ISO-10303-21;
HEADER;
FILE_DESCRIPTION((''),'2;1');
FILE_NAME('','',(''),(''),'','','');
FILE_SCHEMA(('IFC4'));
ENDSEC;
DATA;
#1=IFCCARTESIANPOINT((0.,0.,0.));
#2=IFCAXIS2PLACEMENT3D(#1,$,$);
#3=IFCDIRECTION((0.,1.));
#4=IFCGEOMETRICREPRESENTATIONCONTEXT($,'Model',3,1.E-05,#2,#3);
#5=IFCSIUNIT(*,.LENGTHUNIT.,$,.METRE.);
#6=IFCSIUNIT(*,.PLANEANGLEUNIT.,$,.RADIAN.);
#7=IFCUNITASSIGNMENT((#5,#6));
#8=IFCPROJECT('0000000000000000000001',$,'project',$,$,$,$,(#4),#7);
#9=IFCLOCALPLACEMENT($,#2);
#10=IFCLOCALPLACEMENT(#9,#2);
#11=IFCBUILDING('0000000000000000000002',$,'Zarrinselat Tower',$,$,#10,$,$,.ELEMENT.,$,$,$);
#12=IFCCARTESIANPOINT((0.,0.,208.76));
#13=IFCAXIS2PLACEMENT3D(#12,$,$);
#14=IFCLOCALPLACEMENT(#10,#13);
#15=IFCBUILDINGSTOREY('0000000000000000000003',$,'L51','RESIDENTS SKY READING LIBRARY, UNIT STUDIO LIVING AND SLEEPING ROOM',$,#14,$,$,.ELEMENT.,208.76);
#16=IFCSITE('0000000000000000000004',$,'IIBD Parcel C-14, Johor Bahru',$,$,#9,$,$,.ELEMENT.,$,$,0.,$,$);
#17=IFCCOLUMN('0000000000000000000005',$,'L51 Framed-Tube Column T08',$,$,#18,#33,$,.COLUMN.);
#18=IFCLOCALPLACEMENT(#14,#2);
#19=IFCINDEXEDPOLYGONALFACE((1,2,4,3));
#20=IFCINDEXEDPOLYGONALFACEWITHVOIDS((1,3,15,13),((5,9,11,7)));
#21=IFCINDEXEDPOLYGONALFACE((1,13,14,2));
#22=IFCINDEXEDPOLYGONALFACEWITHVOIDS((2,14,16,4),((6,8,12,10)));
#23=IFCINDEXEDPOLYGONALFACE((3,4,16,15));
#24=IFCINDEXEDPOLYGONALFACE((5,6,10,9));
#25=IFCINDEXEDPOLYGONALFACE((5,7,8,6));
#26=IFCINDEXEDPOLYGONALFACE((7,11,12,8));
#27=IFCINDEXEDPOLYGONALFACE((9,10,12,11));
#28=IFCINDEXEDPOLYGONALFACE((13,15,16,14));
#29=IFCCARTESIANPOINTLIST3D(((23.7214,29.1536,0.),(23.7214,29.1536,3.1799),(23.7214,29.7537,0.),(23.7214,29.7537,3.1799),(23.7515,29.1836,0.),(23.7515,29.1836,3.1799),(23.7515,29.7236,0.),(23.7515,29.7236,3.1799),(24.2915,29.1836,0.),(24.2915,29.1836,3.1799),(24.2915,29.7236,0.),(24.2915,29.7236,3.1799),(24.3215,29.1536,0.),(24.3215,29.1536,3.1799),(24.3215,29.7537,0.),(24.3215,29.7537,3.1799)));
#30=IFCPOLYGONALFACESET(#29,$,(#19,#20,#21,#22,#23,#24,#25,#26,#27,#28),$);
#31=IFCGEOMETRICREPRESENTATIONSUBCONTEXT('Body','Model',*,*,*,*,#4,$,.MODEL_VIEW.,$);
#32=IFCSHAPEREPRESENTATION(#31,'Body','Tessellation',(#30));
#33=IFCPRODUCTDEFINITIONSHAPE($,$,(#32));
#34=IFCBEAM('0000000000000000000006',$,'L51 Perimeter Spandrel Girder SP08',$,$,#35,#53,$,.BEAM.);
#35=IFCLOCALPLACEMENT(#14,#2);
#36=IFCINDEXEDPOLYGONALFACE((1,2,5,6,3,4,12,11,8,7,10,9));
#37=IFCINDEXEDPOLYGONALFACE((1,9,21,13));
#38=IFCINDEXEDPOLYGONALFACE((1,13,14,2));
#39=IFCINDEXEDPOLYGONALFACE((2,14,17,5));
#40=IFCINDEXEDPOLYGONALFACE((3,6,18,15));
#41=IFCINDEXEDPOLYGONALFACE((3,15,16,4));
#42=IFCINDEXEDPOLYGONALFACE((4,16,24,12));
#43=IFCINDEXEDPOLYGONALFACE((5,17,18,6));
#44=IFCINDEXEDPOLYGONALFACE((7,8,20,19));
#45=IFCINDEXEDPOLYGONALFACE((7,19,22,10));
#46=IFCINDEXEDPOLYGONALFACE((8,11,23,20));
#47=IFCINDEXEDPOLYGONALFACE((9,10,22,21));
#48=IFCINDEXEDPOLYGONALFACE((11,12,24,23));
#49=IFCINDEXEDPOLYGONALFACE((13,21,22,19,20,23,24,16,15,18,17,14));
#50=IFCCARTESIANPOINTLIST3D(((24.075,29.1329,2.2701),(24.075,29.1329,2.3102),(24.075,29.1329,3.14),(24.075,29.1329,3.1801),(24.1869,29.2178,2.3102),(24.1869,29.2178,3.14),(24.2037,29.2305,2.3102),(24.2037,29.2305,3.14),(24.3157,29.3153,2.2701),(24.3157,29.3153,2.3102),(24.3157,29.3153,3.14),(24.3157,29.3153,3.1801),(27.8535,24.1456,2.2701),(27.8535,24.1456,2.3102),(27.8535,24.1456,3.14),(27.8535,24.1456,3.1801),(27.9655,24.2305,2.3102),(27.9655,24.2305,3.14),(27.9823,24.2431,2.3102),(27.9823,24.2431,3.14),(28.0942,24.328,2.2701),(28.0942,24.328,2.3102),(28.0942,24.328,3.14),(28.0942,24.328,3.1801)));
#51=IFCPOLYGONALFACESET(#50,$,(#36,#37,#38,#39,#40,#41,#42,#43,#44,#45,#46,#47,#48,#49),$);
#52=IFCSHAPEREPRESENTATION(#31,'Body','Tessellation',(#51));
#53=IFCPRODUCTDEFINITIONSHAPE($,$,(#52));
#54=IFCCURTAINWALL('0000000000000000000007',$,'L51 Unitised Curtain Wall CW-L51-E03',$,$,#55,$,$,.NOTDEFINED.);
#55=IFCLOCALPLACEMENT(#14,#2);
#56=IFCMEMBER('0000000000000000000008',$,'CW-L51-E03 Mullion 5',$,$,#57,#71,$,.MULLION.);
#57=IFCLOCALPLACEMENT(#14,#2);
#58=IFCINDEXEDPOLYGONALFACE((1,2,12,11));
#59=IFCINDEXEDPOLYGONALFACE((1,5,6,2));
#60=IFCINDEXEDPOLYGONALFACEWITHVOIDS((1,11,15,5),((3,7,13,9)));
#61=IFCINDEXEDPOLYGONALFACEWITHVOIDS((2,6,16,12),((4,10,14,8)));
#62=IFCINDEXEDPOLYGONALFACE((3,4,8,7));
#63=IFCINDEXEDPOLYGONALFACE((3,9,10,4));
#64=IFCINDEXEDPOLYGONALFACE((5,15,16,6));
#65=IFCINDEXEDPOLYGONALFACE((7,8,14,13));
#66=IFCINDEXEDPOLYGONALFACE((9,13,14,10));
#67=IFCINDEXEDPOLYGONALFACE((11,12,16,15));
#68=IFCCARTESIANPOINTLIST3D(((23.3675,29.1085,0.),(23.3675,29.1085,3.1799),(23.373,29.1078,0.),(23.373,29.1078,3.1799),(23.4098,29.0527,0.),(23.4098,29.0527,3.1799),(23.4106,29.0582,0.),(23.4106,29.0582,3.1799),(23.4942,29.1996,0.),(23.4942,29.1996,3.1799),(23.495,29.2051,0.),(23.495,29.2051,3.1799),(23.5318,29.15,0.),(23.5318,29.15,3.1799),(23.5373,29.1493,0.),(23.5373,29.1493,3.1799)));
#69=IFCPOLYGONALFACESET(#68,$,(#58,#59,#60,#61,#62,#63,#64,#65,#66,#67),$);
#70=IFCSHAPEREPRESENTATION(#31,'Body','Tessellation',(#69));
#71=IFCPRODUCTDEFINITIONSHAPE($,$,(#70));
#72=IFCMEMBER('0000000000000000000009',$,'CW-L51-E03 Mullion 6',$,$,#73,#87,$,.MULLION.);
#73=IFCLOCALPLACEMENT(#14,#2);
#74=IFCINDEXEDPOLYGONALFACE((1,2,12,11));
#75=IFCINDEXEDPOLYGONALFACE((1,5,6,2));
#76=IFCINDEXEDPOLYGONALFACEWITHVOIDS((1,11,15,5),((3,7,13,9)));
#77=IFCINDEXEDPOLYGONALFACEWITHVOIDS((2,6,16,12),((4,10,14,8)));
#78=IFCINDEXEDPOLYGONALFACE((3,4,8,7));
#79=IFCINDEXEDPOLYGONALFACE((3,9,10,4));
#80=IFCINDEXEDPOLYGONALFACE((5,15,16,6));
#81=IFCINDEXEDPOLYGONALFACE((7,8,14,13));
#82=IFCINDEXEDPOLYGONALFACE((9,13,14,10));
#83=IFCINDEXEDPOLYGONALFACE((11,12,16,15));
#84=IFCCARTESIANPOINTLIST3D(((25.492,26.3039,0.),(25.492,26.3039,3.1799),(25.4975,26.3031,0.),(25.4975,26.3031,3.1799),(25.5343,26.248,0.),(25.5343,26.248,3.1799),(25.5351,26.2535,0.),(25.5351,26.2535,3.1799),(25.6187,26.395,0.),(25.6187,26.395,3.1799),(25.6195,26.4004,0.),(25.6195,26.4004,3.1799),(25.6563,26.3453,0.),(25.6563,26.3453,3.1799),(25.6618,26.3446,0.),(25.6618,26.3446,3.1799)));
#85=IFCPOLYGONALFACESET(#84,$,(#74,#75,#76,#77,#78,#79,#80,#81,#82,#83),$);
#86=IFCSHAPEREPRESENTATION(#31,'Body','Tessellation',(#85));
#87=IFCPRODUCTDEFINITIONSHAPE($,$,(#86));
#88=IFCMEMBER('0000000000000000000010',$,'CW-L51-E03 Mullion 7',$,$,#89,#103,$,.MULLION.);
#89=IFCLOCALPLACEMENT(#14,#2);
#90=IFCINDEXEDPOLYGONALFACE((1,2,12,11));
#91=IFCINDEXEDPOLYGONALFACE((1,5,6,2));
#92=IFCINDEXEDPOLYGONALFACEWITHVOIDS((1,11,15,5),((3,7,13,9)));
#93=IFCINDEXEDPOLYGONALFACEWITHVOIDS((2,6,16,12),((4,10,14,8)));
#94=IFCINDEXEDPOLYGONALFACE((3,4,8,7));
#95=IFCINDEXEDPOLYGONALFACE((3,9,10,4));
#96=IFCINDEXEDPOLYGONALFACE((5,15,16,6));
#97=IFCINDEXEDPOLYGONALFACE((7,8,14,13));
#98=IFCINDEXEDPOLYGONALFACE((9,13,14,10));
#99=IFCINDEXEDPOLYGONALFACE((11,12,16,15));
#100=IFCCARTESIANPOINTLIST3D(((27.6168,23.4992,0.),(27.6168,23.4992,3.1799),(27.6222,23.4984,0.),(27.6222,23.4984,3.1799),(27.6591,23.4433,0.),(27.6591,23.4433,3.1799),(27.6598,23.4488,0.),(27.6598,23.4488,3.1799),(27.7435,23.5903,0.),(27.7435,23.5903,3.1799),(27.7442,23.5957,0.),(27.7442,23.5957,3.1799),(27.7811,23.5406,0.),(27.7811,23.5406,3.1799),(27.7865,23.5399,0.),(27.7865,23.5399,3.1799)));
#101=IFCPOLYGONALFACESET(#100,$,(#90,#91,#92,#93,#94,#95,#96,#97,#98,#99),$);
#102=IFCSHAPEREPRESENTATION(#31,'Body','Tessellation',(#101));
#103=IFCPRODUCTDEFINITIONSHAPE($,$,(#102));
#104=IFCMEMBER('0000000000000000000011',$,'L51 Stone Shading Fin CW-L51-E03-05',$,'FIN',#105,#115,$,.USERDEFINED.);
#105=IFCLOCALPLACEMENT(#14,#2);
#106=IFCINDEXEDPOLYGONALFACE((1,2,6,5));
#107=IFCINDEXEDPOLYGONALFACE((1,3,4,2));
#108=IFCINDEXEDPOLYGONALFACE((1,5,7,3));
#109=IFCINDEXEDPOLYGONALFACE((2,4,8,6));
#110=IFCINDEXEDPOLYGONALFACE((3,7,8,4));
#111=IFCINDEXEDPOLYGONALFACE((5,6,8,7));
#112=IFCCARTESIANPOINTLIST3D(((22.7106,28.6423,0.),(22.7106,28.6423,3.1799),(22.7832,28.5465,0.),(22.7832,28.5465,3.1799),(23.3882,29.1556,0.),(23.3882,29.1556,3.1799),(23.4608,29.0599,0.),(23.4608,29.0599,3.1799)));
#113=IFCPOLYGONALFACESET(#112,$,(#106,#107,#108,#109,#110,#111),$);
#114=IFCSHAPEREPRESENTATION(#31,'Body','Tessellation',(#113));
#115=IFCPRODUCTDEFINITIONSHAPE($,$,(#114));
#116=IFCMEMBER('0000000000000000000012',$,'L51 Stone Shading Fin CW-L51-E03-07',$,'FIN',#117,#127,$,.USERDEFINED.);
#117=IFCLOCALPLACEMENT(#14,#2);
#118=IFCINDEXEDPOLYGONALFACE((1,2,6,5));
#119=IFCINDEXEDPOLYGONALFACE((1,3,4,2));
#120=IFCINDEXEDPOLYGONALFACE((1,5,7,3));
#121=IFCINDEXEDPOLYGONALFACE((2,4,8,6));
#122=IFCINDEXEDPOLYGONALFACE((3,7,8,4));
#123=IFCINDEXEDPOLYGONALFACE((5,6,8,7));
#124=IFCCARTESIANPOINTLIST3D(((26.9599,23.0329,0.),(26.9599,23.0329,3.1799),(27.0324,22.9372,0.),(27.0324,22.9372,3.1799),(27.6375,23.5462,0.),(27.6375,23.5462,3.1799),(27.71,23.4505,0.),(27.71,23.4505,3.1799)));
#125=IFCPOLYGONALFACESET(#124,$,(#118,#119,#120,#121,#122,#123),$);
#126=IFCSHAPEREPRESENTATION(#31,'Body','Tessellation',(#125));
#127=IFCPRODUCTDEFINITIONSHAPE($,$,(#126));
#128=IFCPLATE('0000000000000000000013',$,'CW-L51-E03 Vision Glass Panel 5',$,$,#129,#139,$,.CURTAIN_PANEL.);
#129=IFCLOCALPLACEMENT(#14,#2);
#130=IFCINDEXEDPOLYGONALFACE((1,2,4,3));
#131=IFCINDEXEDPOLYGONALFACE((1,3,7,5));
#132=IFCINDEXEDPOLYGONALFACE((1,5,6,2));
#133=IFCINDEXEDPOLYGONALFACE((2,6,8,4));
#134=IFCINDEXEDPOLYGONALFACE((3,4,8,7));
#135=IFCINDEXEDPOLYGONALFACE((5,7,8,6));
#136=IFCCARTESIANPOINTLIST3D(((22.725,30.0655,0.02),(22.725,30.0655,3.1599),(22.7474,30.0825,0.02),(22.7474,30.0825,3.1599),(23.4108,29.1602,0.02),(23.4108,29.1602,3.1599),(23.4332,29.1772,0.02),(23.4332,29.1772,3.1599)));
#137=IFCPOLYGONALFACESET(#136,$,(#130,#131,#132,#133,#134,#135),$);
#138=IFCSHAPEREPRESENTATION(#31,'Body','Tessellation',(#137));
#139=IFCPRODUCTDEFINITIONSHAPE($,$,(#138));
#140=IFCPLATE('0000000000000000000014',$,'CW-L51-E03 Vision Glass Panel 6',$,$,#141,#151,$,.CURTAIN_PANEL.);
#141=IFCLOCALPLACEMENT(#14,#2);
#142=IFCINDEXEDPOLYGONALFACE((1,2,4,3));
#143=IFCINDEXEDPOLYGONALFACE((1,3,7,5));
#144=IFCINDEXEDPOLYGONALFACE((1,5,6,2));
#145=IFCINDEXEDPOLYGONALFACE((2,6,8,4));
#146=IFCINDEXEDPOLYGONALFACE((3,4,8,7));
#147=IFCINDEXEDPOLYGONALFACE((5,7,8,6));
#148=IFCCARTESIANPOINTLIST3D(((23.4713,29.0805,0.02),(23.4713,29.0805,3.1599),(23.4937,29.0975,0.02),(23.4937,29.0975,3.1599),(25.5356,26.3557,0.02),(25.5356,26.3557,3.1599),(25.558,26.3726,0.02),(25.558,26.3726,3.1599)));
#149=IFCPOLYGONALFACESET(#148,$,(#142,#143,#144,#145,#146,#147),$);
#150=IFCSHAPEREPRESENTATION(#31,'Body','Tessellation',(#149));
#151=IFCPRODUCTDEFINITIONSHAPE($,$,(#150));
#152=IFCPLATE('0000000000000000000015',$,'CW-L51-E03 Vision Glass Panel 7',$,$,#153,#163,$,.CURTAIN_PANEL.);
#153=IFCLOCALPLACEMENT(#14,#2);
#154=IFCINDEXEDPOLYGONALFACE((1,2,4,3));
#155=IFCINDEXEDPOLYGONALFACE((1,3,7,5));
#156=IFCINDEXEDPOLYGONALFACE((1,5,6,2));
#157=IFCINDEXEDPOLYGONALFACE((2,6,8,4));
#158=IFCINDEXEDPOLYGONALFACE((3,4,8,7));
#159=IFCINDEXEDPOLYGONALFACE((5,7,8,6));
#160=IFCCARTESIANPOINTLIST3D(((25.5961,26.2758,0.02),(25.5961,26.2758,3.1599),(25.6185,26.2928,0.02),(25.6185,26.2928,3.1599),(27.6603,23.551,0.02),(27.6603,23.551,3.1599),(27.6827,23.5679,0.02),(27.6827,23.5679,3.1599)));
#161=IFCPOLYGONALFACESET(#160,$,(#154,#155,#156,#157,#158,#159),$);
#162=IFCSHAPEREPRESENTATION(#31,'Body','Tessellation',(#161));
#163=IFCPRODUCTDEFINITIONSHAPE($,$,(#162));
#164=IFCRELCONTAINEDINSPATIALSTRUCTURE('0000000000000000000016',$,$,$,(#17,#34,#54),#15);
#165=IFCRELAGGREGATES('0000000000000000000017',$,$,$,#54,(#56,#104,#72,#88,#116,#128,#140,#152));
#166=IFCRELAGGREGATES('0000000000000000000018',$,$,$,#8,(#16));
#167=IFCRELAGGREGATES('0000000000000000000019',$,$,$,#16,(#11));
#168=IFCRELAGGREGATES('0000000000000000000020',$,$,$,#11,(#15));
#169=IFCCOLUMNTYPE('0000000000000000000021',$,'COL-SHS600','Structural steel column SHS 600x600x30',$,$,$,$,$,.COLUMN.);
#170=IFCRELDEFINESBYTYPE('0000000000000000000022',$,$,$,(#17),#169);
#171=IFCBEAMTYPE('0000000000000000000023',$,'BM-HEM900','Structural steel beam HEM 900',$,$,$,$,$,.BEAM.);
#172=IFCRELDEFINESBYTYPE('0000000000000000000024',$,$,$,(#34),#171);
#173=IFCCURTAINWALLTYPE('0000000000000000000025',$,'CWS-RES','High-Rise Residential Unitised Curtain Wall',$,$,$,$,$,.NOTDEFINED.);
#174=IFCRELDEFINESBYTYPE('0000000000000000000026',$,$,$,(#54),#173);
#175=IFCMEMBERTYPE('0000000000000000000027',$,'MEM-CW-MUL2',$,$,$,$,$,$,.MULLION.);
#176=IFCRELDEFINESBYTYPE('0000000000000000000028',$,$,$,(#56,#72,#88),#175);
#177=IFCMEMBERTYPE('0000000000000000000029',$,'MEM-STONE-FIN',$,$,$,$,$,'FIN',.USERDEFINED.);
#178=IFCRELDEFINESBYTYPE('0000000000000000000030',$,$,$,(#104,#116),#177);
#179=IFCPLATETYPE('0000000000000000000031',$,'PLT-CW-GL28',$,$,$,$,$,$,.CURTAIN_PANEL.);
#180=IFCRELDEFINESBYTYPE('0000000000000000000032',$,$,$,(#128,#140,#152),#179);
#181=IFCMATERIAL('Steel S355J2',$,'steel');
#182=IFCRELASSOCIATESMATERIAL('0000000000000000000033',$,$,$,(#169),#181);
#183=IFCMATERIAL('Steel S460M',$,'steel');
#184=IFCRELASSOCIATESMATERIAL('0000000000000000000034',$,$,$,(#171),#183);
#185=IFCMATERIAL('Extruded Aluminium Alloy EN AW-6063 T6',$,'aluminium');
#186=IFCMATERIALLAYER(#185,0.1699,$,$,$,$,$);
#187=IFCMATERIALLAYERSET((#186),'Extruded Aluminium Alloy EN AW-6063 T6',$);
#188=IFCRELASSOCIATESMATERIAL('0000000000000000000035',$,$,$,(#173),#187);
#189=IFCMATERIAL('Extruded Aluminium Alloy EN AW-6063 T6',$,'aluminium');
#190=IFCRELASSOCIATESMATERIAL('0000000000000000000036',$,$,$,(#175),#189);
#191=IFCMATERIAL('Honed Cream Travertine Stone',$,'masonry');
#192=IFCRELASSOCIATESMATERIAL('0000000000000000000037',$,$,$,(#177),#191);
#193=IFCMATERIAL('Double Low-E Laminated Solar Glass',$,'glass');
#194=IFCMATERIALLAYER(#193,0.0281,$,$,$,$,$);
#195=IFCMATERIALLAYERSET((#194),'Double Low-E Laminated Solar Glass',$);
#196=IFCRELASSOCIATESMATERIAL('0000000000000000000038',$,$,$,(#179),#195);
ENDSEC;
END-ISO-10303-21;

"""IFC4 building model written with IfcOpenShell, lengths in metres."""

from ifc_helpers import new_model, si_unit, direction, frame, origin, origin_2d, place, context, subcontext, project, spatial, rectangle, hollow_rectangle, i_section, extrude, material, layer, layer_set, material_profile, profile_set, type_object, element, aggregate, save


model = new_model("IFC4")

# Units and contexts
model_context = context("Model", 3, precision=1e-05, world=origin(), true_north=direction((0.0, 1.0)))
body_context = subcontext(model_context, "Body", "Model", "MODEL_VIEW")
ifc_project = project(units=[si_unit("LENGTHUNIT", "METRE"), si_unit("PLANEANGLEUNIT", "RADIAN")], contexts=[model_context])

# Site, building, storey
site_placement = place(None, origin())
site = spatial("IfcSite", under=ifc_project, at=site_placement, Name="IIBD Parcel C-14, Johor Bahru", CompositionType="ELEMENT", RefElevation=0.0)
building_placement = place(site_placement, origin())
building = spatial("IfcBuilding", under=site, at=building_placement, Name="Zarrinselat Tower", CompositionType="ELEMENT")
storey_placement = place(building_placement, frame((0.0, 0.0, 208.76)))
storey = spatial("IfcBuildingStorey", under=building, at=storey_placement, Name="L51", Description="RESIDENTS SKY READING LIBRARY, UNIT STUDIO LIVING AND SLEEPING ROOM", CompositionType="ELEMENT", Elevation=208.76)

# Column
ifc_material_1 = material(Name="Steel S355J2", Category="steel")
ifc_material_profile_1 = material_profile(ifc_material_1, hollow_rectangle(XDim=0.6001, YDim=0.6001, WallThickness=0.03, at=origin_2d()), Name="SHS 600x600x30")
ifc_profile_set_1 = profile_set([ifc_material_profile_1], Name="Steel S355J2")
column_type = type_object("IfcColumnType", Name="COL-SHS600", Description="Structural steel column SHS 600x600x30", PredefinedType="COLUMN", material=ifc_profile_set_1)
column_placement = place(storey_placement, frame((24.0215, 29.4536, 0.0), z_axis=(0.0, 0.0, 1.0), x_axis=(1.0, 0.0, 0.0)))
element("IfcColumn", 1, at=column_placement, inside=storey, type_object=column_type, Name="L51 Framed-Tube Column T08", PredefinedType="COLUMN", context=body_context, shape_type="SweptSolid", body=[
    extrude(hollow_rectangle(XDim=0.6001, YDim=0.6001, WallThickness=0.03, at=origin_2d()), origin(), (0.0, 0.0, 1.0), 3.1799),
])

# Beam
ifc_material_2 = material(Name="Steel S460M", Category="steel")
ifc_material_profile_2 = material_profile(ifc_material_2, i_section(OverallWidth=0.302, OverallDepth=0.9099, WebThickness=0.021, FlangeThickness=0.04, at=origin_2d()), Name="HEM 900")
ifc_profile_set_2 = profile_set([ifc_material_profile_2], Name="Steel S460M")
beam_type = type_object("IfcBeamType", Name="BM-HEM900", Description="Structural steel beam HEM 900", PredefinedType="BEAM", material=ifc_profile_set_2)
beam_placement = place(storey_placement, frame((24.1953, 29.2241, 2.7251), z_axis=(0.603888, -0.797069, 0.0), x_axis=(0.797069, 0.603888, 0.0)))
element("IfcBeam", 2, at=beam_placement, inside=storey, type_object=beam_type, Name="L51 Perimeter Spandrel Girder SP08", PredefinedType="BEAM", context=body_context, shape_type="SweptSolid", body=[
    extrude(i_section(OverallWidth=0.302, OverallDepth=0.9099, WebThickness=0.021, FlangeThickness=0.04, at=origin_2d()), origin(), (0.0, 0.0, 1.0), 6.2571),
])

# Curtain wall, members, plates
ifc_material_3 = material(Name="Extruded Aluminium Alloy EN AW-6063 T6", Category="aluminium")
ifc_layer_1 = layer(ifc_material_3, 0.1699)
ifc_layer_set_1 = layer_set([ifc_layer_1], Name="Extruded Aluminium Alloy EN AW-6063 T6")
curtain_wall_type = type_object("IfcCurtainWallType", Name="CWS-RES", Description="High-Rise Residential Unitised Curtain Wall", PredefinedType="NOTDEFINED", material=ifc_layer_set_1)
curtain_wall_placement = place(storey_placement, origin())
curtain_wall = element("IfcCurtainWall", 3, at=curtain_wall_placement, inside=storey, type_object=curtain_wall_type, Name="L51 Unitised Curtain Wall CW-L51-E03", PredefinedType="NOTDEFINED")
ifc_material_4 = material(Name="Extruded Aluminium Alloy EN AW-6063 T6", Category="aluminium")
ifc_material_profile_3 = material_profile(ifc_material_4, hollow_rectangle(XDim=0.0701, YDim=0.1599, WallThickness=0.0039, at=origin_2d()), Name="RHS 160x70x4")
ifc_profile_set_3 = profile_set([ifc_material_profile_3], Name="Extruded Aluminium Alloy EN AW-6063 T6")
member_type_1 = type_object("IfcMemberType", Name="MEM-CW-MUL2", PredefinedType="MULLION", material=ifc_profile_set_3)
member_1_placement = place(storey_placement, frame((23.4524, 29.1289, 0.0), z_axis=(0.0, 0.0, 1.0), x_axis=(0.603859, -0.797091, 0.0)))
member_1 = element("IfcMember", 4, at=member_1_placement, type_object=member_type_1, Name="CW-L51-E03 Mullion 5", PredefinedType="MULLION", context=body_context, shape_type="SweptSolid", body=[
    extrude(hollow_rectangle(XDim=0.0701, YDim=0.1599, WallThickness=0.0039, at=origin_2d()), origin(), (0.0, 0.0, 1.0), 3.1799),
])
member_2_placement = place(storey_placement, frame((25.5769, 26.3242, 0.0), z_axis=(0.0, 0.0, 1.0), x_axis=(0.603859, -0.797091, 0.0)))
member_2 = element("IfcMember", 5, at=member_2_placement, type_object=member_type_1, Name="CW-L51-E03 Mullion 6", PredefinedType="MULLION", context=body_context, shape_type="SweptSolid", body=[
    extrude(hollow_rectangle(XDim=0.0701, YDim=0.1599, WallThickness=0.0039, at=origin_2d()), origin(), (0.0, 0.0, 1.0), 3.1799),
])
member_3_placement = place(storey_placement, frame((27.7017, 23.5195, 0.0), z_axis=(0.0, 0.0, 1.0), x_axis=(0.603859, -0.797091, 0.0)))
member_3 = element("IfcMember", 6, at=member_3_placement, type_object=member_type_1, Name="CW-L51-E03 Mullion 7", PredefinedType="MULLION", context=body_context, shape_type="SweptSolid", body=[
    extrude(hollow_rectangle(XDim=0.0701, YDim=0.1599, WallThickness=0.0039, at=origin_2d()), origin(), (0.0, 0.0, 1.0), 3.1799),
])
ifc_material_5 = material(Name="Honed Cream Travertine Stone", Category="masonry")
ifc_material_profile_4 = material_profile(ifc_material_5, rectangle(XDim=0.1201, YDim=0.8501, at=origin_2d()), Name="FIN 850x120")
ifc_profile_set_4 = profile_set([ifc_material_profile_4], Name="Honed Cream Travertine Stone")
member_type_2 = type_object("IfcMemberType", Name="MEM-STONE-FIN", ElementType="FIN", PredefinedType="USERDEFINED", material=ifc_profile_set_4)
member_4_placement = place(storey_placement, frame((23.0857, 28.8511, 0.0), z_axis=(0.0, 0.0, 1.0), x_axis=(-0.603859, 0.797091, 0.0)))
member_4 = element("IfcMember", 7, at=member_4_placement, type_object=member_type_2, Name="L51 Stone Shading Fin CW-L51-E03-05", ObjectType="FIN", PredefinedType="USERDEFINED", context=body_context, shape_type="SweptSolid", body=[
    extrude(rectangle(XDim=0.1201, YDim=0.8501, at=origin_2d()), origin(), (0.0, 0.0, 1.0), 3.1799),
])
member_5_placement = place(storey_placement, frame((27.335, 23.2417, 0.0), z_axis=(0.0, 0.0, 1.0), x_axis=(-0.603859, 0.797091, 0.0)))
member_5 = element("IfcMember", 8, at=member_5_placement, type_object=member_type_2, Name="L51 Stone Shading Fin CW-L51-E03-07", ObjectType="FIN", PredefinedType="USERDEFINED", context=body_context, shape_type="SweptSolid", body=[
    extrude(rectangle(XDim=0.1201, YDim=0.8501, at=origin_2d()), origin(), (0.0, 0.0, 1.0), 3.1799),
])
ifc_material_6 = material(Name="Double Low-E Laminated Solar Glass", Category="glass")
ifc_layer_2 = layer(ifc_material_6, 0.0281)
ifc_layer_set_2 = layer_set([ifc_layer_2], Name="Double Low-E Laminated Solar Glass")
plate_type = type_object("IfcPlateType", Name="PLT-CW-GL28", PredefinedType="CURTAIN_PANEL", material=ifc_layer_set_2)
plate_1_placement = place(storey_placement, frame((23.0791, 29.6213, 0.02), z_axis=(0.0, 0.0, 1.0), x_axis=(0.603859, -0.797091, 0.0)))
plate_1 = element("IfcPlate", 9, at=plate_1_placement, type_object=plate_type, Name="CW-L51-E03 Vision Glass Panel 5", PredefinedType="CURTAIN_PANEL", context=body_context, shape_type="SweptSolid", body=[
    extrude(rectangle(XDim=1.1357, YDim=0.0281, at=origin_2d()), origin(), (0.0, 0.0, 1.0), 3.1399),
])
plate_2_placement = place(storey_placement, frame((24.5146, 27.7266, 0.02), z_axis=(0.0, 0.0, 1.0), x_axis=(0.603859, -0.797091, 0.0)))
plate_2 = element("IfcPlate", 10, at=plate_2_placement, type_object=plate_type, Name="CW-L51-E03 Vision Glass Panel 6", PredefinedType="CURTAIN_PANEL", context=body_context, shape_type="SweptSolid", body=[
    extrude(rectangle(XDim=3.4185, YDim=0.0281, at=origin_2d()), origin(), (0.0, 0.0, 1.0), 3.1399),
])
plate_3_placement = place(storey_placement, frame((26.6394, 24.9219, 0.02), z_axis=(0.0, 0.0, 1.0), x_axis=(0.603859, -0.797091, 0.0)))
plate_3 = element("IfcPlate", 11, at=plate_3_placement, type_object=plate_type, Name="CW-L51-E03 Vision Glass Panel 7", PredefinedType="CURTAIN_PANEL", context=body_context, shape_type="SweptSolid", body=[
    extrude(rectangle(XDim=3.4185, YDim=0.0281, at=origin_2d()), origin(), (0.0, 0.0, 1.0), 3.1399),
])
aggregate(curtain_wall, [member_1, member_4, member_2, member_3, member_5, plate_1, plate_2, plate_3])

save(model, "model.ifc")
